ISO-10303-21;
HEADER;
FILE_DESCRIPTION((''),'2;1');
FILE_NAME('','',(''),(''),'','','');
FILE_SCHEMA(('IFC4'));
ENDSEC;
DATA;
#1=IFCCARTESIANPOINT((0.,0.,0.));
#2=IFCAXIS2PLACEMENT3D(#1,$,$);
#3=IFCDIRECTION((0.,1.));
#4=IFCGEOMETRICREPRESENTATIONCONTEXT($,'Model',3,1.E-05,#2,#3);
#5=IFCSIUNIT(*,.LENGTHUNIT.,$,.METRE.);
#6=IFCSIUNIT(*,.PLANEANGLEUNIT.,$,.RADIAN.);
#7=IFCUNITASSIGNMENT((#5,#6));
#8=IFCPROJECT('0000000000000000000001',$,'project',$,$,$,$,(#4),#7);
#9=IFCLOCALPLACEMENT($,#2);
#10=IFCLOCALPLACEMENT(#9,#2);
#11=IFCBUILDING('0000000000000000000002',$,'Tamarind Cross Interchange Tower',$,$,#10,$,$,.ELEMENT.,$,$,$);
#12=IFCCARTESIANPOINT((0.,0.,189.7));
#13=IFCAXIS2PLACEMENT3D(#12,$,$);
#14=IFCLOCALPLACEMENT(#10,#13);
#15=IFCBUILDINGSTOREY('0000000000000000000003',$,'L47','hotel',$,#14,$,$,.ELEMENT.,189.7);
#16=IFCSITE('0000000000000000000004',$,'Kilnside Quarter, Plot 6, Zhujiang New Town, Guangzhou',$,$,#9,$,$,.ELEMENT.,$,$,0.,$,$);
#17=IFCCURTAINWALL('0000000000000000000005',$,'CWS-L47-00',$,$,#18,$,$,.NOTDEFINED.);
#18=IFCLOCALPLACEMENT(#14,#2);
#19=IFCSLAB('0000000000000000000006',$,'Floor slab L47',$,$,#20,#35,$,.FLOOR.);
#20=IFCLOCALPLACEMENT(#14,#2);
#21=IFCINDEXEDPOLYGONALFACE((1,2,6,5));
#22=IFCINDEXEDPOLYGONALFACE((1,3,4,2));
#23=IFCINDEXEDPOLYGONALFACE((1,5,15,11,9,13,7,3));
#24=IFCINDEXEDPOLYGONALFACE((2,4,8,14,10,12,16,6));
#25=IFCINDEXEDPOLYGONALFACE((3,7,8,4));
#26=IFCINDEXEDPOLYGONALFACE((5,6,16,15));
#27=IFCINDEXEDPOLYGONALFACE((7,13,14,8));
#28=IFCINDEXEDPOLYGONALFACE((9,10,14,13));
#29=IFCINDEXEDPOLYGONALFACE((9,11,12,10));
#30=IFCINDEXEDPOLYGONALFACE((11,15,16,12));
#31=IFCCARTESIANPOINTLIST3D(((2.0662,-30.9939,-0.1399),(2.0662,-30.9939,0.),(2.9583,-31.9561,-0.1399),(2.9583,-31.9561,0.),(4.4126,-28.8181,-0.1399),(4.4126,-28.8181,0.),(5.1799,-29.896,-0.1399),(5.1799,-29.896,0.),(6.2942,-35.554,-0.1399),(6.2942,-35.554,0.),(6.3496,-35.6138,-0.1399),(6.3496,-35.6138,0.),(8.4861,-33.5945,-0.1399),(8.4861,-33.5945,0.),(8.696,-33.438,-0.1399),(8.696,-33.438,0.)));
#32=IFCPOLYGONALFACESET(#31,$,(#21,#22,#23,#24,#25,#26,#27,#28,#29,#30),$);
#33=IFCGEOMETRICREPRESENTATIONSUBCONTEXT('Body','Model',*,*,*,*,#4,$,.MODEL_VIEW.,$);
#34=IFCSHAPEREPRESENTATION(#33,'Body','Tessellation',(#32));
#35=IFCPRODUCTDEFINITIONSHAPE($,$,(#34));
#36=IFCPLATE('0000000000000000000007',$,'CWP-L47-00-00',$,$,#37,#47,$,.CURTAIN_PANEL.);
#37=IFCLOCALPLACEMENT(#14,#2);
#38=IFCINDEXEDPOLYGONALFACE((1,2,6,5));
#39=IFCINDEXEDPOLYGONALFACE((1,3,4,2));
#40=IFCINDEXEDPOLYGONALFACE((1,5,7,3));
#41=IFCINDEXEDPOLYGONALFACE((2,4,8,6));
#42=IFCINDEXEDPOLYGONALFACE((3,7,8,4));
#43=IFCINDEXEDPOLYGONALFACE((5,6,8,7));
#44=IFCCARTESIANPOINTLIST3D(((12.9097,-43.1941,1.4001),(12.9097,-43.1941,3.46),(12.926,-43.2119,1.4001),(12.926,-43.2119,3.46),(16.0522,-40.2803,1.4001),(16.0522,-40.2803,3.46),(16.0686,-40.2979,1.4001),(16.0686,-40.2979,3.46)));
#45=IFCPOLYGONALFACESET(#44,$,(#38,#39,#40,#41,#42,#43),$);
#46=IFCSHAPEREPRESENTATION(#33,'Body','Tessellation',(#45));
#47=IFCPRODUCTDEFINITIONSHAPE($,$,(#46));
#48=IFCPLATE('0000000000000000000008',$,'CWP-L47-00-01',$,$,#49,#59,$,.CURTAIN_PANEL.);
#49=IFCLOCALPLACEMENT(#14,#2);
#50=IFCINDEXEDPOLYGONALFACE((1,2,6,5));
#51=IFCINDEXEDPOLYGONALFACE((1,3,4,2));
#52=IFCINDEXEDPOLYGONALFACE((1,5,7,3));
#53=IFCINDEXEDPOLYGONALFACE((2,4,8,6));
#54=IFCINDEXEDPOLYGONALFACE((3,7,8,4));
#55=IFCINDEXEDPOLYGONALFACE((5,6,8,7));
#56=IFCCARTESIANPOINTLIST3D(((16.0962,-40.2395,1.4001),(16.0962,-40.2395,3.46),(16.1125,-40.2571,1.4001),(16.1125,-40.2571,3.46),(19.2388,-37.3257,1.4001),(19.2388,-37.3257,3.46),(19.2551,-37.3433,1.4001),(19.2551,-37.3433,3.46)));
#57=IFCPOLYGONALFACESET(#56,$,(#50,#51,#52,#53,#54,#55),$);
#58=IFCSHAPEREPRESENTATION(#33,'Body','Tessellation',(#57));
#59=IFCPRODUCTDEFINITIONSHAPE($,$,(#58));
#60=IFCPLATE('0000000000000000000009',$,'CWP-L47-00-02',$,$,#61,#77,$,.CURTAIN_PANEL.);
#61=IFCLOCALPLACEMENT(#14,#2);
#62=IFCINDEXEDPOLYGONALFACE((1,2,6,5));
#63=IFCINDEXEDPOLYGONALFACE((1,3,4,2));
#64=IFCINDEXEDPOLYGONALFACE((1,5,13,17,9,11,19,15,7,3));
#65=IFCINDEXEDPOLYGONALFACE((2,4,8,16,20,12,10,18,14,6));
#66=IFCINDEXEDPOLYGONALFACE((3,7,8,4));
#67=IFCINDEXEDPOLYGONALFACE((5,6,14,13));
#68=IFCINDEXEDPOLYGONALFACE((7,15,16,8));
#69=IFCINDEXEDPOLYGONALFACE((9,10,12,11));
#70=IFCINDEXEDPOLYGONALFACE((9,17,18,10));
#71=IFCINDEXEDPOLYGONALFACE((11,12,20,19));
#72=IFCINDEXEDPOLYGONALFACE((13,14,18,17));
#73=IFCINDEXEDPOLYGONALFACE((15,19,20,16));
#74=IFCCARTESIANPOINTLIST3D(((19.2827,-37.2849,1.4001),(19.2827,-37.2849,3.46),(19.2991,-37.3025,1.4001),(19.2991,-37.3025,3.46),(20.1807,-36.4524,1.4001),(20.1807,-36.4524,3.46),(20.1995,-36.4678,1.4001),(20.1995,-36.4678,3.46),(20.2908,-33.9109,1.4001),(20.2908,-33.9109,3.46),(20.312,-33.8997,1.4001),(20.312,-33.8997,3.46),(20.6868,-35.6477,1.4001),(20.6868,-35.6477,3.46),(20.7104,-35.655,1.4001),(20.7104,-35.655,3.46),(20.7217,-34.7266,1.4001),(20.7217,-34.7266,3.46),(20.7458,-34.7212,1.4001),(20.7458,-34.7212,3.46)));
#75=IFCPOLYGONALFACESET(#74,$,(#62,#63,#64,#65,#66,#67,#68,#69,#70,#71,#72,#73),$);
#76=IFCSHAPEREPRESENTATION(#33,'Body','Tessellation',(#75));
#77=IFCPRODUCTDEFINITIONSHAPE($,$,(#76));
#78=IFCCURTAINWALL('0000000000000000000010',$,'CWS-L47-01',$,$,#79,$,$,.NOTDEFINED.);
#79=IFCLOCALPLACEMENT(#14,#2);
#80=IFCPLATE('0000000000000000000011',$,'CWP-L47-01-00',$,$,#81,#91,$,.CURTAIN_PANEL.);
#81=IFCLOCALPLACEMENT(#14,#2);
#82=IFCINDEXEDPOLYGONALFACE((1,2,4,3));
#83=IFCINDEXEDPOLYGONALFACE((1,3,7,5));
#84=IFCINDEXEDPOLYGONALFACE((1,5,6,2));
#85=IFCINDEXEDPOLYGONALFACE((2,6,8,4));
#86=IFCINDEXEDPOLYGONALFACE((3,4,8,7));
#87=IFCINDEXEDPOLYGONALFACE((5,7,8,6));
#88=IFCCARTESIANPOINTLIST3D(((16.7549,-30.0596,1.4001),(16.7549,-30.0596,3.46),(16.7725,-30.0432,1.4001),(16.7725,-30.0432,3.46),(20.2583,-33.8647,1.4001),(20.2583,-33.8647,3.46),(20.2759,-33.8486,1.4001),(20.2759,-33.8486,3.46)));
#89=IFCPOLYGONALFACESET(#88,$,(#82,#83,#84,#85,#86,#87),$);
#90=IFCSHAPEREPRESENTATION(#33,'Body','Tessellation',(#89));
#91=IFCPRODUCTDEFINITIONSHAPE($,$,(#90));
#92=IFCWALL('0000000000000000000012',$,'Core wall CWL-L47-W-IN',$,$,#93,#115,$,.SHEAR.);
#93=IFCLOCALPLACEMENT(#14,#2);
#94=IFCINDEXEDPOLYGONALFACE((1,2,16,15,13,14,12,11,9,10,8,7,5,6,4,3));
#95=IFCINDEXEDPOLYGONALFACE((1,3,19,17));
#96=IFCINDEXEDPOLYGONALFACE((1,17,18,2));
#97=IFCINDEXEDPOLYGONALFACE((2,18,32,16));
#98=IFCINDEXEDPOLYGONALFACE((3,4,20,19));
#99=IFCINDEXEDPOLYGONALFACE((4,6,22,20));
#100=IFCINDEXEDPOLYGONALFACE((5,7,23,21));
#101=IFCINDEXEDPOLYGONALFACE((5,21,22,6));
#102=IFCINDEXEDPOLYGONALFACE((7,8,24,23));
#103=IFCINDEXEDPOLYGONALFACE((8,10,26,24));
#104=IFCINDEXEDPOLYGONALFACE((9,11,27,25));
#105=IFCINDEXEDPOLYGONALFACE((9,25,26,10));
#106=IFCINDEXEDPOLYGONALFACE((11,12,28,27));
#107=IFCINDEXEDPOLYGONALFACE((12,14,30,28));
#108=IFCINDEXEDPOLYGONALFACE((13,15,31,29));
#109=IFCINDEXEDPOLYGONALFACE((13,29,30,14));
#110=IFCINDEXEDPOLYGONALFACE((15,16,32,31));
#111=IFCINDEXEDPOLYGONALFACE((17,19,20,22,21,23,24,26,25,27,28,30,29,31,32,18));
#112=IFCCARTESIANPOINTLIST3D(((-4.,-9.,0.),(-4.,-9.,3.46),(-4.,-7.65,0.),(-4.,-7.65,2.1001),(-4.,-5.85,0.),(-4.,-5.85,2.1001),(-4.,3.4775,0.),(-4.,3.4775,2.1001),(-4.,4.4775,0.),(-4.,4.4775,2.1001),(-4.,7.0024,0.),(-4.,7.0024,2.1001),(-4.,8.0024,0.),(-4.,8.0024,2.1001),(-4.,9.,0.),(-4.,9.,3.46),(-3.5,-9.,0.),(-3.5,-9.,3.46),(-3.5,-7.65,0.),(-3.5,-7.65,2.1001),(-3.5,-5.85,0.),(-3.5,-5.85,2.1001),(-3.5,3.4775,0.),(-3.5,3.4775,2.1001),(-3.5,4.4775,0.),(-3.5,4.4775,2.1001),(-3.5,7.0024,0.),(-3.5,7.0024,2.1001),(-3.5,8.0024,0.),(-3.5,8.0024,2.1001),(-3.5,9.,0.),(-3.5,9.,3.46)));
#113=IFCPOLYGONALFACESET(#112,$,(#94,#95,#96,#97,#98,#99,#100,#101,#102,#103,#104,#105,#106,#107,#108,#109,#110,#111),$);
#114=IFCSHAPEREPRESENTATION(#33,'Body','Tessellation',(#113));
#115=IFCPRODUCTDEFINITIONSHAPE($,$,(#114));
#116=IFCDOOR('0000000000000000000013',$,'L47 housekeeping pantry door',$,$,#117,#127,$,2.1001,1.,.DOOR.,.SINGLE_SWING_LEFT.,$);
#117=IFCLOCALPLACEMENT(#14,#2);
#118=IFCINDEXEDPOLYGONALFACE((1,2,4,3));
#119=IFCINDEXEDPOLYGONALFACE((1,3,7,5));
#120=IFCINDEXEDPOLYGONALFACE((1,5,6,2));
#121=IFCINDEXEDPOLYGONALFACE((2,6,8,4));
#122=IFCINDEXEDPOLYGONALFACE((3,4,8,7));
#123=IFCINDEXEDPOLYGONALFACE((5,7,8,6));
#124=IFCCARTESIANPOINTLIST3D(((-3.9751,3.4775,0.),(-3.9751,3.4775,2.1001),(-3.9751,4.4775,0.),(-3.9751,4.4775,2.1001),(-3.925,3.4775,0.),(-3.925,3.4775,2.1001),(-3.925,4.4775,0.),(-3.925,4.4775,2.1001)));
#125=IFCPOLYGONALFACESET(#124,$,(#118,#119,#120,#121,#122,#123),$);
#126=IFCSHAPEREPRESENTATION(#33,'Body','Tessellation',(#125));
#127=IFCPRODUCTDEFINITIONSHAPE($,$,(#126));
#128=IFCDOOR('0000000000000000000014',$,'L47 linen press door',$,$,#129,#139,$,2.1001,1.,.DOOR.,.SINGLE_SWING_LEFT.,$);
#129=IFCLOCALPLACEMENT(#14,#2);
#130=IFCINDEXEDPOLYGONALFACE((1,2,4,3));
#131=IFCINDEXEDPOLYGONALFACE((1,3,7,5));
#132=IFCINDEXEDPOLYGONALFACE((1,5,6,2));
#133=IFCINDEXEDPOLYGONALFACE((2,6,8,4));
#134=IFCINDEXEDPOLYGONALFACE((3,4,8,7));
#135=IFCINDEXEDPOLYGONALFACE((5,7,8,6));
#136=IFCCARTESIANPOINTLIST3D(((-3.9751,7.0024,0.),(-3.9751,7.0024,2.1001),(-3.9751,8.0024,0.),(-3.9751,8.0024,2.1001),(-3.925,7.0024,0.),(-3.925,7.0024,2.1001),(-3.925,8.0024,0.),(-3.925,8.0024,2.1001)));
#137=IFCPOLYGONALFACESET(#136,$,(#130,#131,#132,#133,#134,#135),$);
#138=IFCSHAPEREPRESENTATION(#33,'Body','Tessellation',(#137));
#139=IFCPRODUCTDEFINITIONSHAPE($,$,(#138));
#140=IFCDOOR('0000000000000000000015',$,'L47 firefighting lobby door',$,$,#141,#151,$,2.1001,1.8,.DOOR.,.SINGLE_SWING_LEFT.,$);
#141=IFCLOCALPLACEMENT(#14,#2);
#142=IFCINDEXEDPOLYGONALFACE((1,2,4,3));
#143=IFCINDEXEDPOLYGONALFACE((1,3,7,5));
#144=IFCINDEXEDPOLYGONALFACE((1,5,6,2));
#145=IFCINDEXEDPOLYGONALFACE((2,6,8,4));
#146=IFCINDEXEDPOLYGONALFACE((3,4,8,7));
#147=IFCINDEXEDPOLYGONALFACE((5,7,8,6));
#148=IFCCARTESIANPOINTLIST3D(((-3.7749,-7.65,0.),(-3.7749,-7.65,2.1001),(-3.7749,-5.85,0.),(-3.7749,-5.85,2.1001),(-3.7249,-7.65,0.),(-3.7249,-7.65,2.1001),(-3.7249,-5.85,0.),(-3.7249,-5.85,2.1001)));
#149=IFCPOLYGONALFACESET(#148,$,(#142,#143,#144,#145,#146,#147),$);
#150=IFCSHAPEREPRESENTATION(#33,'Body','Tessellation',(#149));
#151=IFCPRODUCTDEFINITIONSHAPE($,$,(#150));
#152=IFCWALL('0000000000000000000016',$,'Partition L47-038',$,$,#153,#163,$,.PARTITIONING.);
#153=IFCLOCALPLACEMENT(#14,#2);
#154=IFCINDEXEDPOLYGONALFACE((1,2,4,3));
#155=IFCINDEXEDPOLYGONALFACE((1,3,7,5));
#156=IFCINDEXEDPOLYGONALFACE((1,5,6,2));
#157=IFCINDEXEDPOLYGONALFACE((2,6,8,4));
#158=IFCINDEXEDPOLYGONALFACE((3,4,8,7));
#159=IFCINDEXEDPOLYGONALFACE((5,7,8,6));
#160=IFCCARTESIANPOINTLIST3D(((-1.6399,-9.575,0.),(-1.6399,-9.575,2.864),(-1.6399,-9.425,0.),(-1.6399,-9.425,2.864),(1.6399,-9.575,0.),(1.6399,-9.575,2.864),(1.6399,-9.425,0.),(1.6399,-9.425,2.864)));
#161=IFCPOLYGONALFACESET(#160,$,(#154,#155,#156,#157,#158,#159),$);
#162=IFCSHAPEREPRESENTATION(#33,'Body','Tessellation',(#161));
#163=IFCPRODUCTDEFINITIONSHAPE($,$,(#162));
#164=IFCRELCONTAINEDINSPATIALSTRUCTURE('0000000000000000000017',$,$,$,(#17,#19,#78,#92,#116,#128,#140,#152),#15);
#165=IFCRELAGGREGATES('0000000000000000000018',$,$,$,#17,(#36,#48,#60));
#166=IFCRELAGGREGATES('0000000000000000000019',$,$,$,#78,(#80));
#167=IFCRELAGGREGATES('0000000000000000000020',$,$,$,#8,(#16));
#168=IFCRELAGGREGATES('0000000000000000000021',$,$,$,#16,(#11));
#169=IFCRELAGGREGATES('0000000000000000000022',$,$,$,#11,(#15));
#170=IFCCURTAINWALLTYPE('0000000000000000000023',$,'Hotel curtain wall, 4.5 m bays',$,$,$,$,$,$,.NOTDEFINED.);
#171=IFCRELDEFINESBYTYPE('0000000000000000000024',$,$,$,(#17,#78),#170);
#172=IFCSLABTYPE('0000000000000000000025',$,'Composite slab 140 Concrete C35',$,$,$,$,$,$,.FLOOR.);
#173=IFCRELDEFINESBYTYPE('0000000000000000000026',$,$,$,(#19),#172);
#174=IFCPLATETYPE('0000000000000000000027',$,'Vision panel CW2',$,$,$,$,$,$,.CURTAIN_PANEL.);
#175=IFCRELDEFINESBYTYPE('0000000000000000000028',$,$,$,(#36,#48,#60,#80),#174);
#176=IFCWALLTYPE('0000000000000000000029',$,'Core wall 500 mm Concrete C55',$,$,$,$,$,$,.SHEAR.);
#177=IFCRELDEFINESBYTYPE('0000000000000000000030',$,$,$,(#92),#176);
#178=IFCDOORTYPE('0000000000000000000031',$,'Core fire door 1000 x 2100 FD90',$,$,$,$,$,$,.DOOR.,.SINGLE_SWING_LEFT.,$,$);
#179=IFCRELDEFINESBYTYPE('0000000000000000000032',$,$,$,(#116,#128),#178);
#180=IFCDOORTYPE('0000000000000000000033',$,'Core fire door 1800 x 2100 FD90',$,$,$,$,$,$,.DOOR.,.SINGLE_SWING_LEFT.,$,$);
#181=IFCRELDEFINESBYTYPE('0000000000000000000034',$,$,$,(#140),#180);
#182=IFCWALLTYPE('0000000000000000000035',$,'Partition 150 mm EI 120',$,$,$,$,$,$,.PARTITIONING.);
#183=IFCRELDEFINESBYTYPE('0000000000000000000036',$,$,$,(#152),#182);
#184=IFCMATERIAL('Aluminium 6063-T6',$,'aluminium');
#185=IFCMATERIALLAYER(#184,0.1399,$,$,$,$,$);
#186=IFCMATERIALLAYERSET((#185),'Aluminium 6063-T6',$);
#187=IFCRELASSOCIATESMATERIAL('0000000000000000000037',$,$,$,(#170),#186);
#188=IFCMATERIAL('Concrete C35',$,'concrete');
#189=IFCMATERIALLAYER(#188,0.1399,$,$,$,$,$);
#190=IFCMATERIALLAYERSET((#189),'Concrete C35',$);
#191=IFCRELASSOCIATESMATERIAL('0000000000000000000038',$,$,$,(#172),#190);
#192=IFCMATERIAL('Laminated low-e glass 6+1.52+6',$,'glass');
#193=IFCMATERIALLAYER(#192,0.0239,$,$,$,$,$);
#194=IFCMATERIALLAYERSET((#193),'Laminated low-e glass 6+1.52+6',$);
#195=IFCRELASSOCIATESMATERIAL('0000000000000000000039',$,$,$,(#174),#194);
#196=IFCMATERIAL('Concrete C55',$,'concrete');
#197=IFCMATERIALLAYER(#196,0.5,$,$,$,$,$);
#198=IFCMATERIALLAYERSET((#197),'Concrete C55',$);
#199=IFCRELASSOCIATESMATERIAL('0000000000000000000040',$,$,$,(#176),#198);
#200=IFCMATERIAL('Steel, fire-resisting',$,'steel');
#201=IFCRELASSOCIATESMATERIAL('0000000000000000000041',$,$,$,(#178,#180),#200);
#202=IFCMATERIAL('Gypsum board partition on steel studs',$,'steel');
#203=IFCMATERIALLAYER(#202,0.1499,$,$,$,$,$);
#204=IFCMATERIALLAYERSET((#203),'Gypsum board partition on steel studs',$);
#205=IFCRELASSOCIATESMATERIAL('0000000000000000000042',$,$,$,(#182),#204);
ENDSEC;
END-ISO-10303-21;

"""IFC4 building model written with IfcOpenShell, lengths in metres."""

from ifc_helpers import new_model, si_unit, direction, frame, frame_2d, origin, place, context, subcontext, project, spatial, polyline, rectangle, outline, extrude, material, layer, layer_set, type_object, element, fill, aggregate, save


model = new_model("IFC4")

# Units and contexts
model_context = context("Model", 3, precision=1e-05, world=origin(), true_north=direction((0.0, 1.0)))
body_context = subcontext(model_context, "Body", "Model", "MODEL_VIEW")
ifc_project = project(units=[si_unit("LENGTHUNIT", "METRE"), si_unit("PLANEANGLEUNIT", "RADIAN")], contexts=[model_context])

# Site, building, storey
site_placement = place(None, origin())
site = spatial("IfcSite", under=ifc_project, at=site_placement, Name="Kilnside Quarter, Plot 6, Zhujiang New Town, Guangzhou", CompositionType="ELEMENT", RefElevation=0.0)
building_placement = place(site_placement, origin())
building = spatial("IfcBuilding", under=site, at=building_placement, Name="Tamarind Cross Interchange Tower", CompositionType="ELEMENT")
storey_placement = place(building_placement, frame((0.0, 0.0, 189.7)))
storey = spatial("IfcBuildingStorey", under=building, at=storey_placement, Name="L47", Description="hotel", CompositionType="ELEMENT", Elevation=189.7)

# Curtain wall
ifc_material_1 = material(Name="Aluminium 6063-T6", Category="aluminium")
ifc_layer_1 = layer(ifc_material_1, 0.1399)
ifc_layer_set_1 = layer_set([ifc_layer_1], Name="Aluminium 6063-T6")
curtain_wall_type = type_object("IfcCurtainWallType", Name="Hotel curtain wall, 4.5 m bays", PredefinedType="NOTDEFINED", material=ifc_layer_set_1)
curtain_wall_1_placement = place(storey_placement, origin())
curtain_wall_1 = element("IfcCurtainWall", 1, at=curtain_wall_1_placement, inside=storey, type_object=curtain_wall_type, Name="CWS-L47-00", PredefinedType="NOTDEFINED")

# Slab
ifc_material_2 = material(Name="Concrete C35", Category="concrete")
ifc_layer_2 = layer(ifc_material_2, 0.1399)
ifc_layer_set_2 = layer_set([ifc_layer_2], Name="Concrete C35")
slab_type = type_object("IfcSlabType", Name="Composite slab 140 Concrete C35", PredefinedType="FLOOR", material=ifc_layer_set_2)
slab_1_placement = place(storey_placement, frame((0.0, 0.0, -0.1399)))
element("IfcSlab", 2, at=slab_1_placement, inside=storey, type_object=slab_type, Name="Floor slab L47", PredefinedType="FLOOR", context=body_context, shape_type="SweptSolid", body=[
    extrude(outline(polyline([(6.3496, -35.6138), (8.696, -33.438), (4.4126, -28.8181), (2.0662, -30.9939), (2.9583, -31.9561), (5.1799, -29.896), (8.4861, -33.5945), (6.2942, -35.554), (6.3496, -35.6138)])), origin(), (0.0, 0.0, 1.0), 0.1399),
])

# Plates
ifc_material_3 = material(Name="Laminated low-e glass 6+1.52+6", Category="glass")
ifc_layer_3 = layer(ifc_material_3, 0.0239)
ifc_layer_set_3 = layer_set([ifc_layer_3], Name="Laminated low-e glass 6+1.52+6")
plate_type = type_object("IfcPlateType", Name="Vision panel CW2", PredefinedType="CURTAIN_PANEL", material=ifc_layer_set_3)
plate_1_placement = place(storey_placement, frame((0.0, 0.0, 1.4001)))
plate_1 = element("IfcPlate", 3, at=plate_1_placement, type_object=plate_type, Name="CWP-L47-00-00", PredefinedType="CURTAIN_PANEL", context=body_context, shape_type="SweptSolid", body=[
    extrude(outline(polyline([(12.9097, -43.1941), (16.0522, -40.2803), (16.0686, -40.2979), (12.926, -43.2119), (12.9097, -43.1941)])), origin(), (0.0, 0.0, 1.0), 2.0598),
])
plate_2_placement = place(storey_placement, frame((0.0, 0.0, 1.4001)))
plate_2 = element("IfcPlate", 4, at=plate_2_placement, type_object=plate_type, Name="CWP-L47-00-01", PredefinedType="CURTAIN_PANEL", context=body_context, shape_type="SweptSolid", body=[
    extrude(outline(polyline([(16.0962, -40.2395), (19.2388, -37.3257), (19.2551, -37.3433), (16.1125, -40.2571), (16.0962, -40.2395)])), origin(), (0.0, 0.0, 1.0), 2.0598),
])
plate_3_placement = place(storey_placement, frame((0.0, 0.0, 1.4001)))
plate_3 = element("IfcPlate", 5, at=plate_3_placement, type_object=plate_type, Name="CWP-L47-00-02", PredefinedType="CURTAIN_PANEL", context=body_context, shape_type="SweptSolid", body=[
    extrude(outline(polyline([(19.2827, -37.2849), (20.1807, -36.4524), (20.6868, -35.6477), (20.7217, -34.7266), (20.2908, -33.9109), (20.312, -33.8997), (20.7458, -34.7212), (20.7104, -35.655), (20.1995, -36.4678), (19.2991, -37.3025), (19.2827, -37.2849)])), origin(), (0.0, 0.0, 1.0), 2.0598),
])
aggregate(curtain_wall_1, [plate_1, plate_2, plate_3])

# Curtain wall, plate
curtain_wall_2_placement = place(storey_placement, origin())
curtain_wall_2 = element("IfcCurtainWall", 6, at=curtain_wall_2_placement, inside=storey, type_object=curtain_wall_type, Name="CWS-L47-01", PredefinedType="NOTDEFINED")
plate_4_placement = place(storey_placement, frame((0.0, 0.0, 1.4001)))
plate_4 = element("IfcPlate", 7, at=plate_4_placement, type_object=plate_type, Name="CWP-L47-01-00", PredefinedType="CURTAIN_PANEL", context=body_context, shape_type="SweptSolid", body=[
    extrude(outline(polyline([(20.2583, -33.8647), (16.7549, -30.0596), (16.7725, -30.0432), (20.2759, -33.8486), (20.2583, -33.8647)])), origin(), (0.0, 0.0, 1.0), 2.0598),
])
aggregate(curtain_wall_2, [plate_4])

# Wall, openings, doors
ifc_material_4 = material(Name="Concrete C55", Category="concrete")
ifc_layer_4 = layer(ifc_material_4, 0.5)
ifc_layer_set_4 = layer_set([ifc_layer_4], Name="Concrete C55")
wall_type_1 = type_object("IfcWallType", Name="Core wall 500 mm Concrete C55", PredefinedType="SHEAR", material=ifc_layer_set_4)
wall_1_placement = place(storey_placement, frame((-3.75, -9.0, 0.0), z_axis=(0.0, 0.0, 1.0), x_axis=(0.0, 1.0, 0.0)))
wall_1 = element("IfcWall", 8, at=wall_1_placement, inside=storey, type_object=wall_type_1, Name="Core wall CWL-L47-W-IN", PredefinedType="SHEAR", context=body_context, shape_type="SweptSolid", body=[
    extrude(rectangle(XDim=18.0, YDim=0.5, at=frame_2d((9.0, 0.0))), origin(), (0.0, 0.0, 1.0), 3.46),
])
opening_1_placement = place(wall_1_placement, frame((1.3501, 0.0, 0.0)))
opening_1 = element("IfcOpeningElement", 9, at=opening_1_placement, cuts=wall_1, PredefinedType="OPENING", context=body_context, shape_type="SweptSolid", body=[
    extrude(rectangle(XDim=1.8, YDim=2.1001, at=frame_2d((0.8999, 1.05))), frame((0.0, 0.26, 0.0), z_axis=(0.0, -1.0, 0.0), x_axis=(1.0, 0.0, 0.0)), (0.0, 0.0, 1.0), 0.52),
])
opening_2_placement = place(wall_1_placement, frame((12.4775, 0.0, 0.0)))
opening_2 = element("IfcOpeningElement", 10, at=opening_2_placement, cuts=wall_1, PredefinedType="OPENING", context=body_context, shape_type="SweptSolid", body=[
    extrude(rectangle(XDim=1.0, YDim=2.1001, at=frame_2d((0.5, 1.05))), frame((0.0, 0.26, 0.0), z_axis=(0.0, -1.0, 0.0), x_axis=(1.0, 0.0, 0.0)), (0.0, 0.0, 1.0), 0.52),
])
opening_3_placement = place(wall_1_placement, frame((16.0024, 0.0, 0.0)))
opening_3 = element("IfcOpeningElement", 11, at=opening_3_placement, cuts=wall_1, PredefinedType="OPENING", context=body_context, shape_type="SweptSolid", body=[
    extrude(rectangle(XDim=1.0, YDim=2.1001, at=frame_2d((0.5, 1.05))), frame((0.0, 0.26, 0.0), z_axis=(0.0, -1.0, 0.0), x_axis=(1.0, 0.0, 0.0)), (0.0, 0.0, 1.0), 0.52),
])
ifc_material_5 = material(Name="Steel, fire-resisting", Category="steel")
door_type_1 = type_object("IfcDoorType", Name="Core fire door 1000 x 2100 FD90", OperationType="SINGLE_SWING_LEFT", PredefinedType="DOOR", material=ifc_material_5)
door_1_placement = place(opening_2_placement, origin())
door_1 = element("IfcDoor", 12, at=door_1_placement, inside=storey, type_object=door_type_1, Name="L47 housekeeping pantry door", OperationType="SINGLE_SWING_LEFT", OverallHeight=2.1001, OverallWidth=1.0, PredefinedType="DOOR", context=body_context, shape_type="SweptSolid", body=[
    extrude(rectangle(XDim=1.0, YDim=2.1001, at=frame_2d((0.5, 1.05))), frame((0.0, 0.2251, 0.0), z_axis=(0.0, -1.0, 0.0), x_axis=(1.0, 0.0, 0.0)), (0.0, 0.0, 1.0), 0.05),
])
fill(opening_2, door_1)
door_2_placement = place(opening_3_placement, origin())
door_2 = element("IfcDoor", 13, at=door_2_placement, inside=storey, type_object=door_type_1, Name="L47 linen press door", OperationType="SINGLE_SWING_LEFT", OverallHeight=2.1001, OverallWidth=1.0, PredefinedType="DOOR", context=body_context, shape_type="SweptSolid", body=[
    extrude(rectangle(XDim=1.0, YDim=2.1001, at=frame_2d((0.5, 1.05))), frame((0.0, 0.2251, 0.0), z_axis=(0.0, -1.0, 0.0), x_axis=(1.0, 0.0, 0.0)), (0.0, 0.0, 1.0), 0.05),
])
fill(opening_3, door_2)
door_type_2 = type_object("IfcDoorType", Name="Core fire door 1800 x 2100 FD90", OperationType="SINGLE_SWING_LEFT", PredefinedType="DOOR", material=ifc_material_5)
door_3_placement = place(opening_1_placement, origin())
door_3 = element("IfcDoor", 14, at=door_3_placement, inside=storey, type_object=door_type_2, Name="L47 firefighting lobby door", OperationType="SINGLE_SWING_LEFT", OverallHeight=2.1001, OverallWidth=1.8, PredefinedType="DOOR", context=body_context, shape_type="SweptSolid", body=[
    extrude(rectangle(XDim=1.8, YDim=2.1001, at=frame_2d((0.8999, 1.05))), frame((0.0, 0.0249, 0.0), z_axis=(0.0, -1.0, 0.0), x_axis=(1.0, 0.0, 0.0)), (0.0, 0.0, 1.0), 0.05),
])
fill(opening_1, door_3)

# Wall
ifc_material_6 = material(Name="Gypsum board partition on steel studs", Category="steel")
ifc_layer_5 = layer(ifc_material_6, 0.1499)
ifc_layer_set_5 = layer_set([ifc_layer_5], Name="Gypsum board partition on steel studs")
wall_type_2 = type_object("IfcWallType", Name="Partition 150 mm EI 120", PredefinedType="PARTITIONING", material=ifc_layer_set_5)
wall_2_placement = place(storey_placement, frame((-1.6399, -9.5, 0.0), z_axis=(0.0, 0.0, 1.0), x_axis=(1.0, 0.0, 0.0)))
element("IfcWall", 15, at=wall_2_placement, inside=storey, type_object=wall_type_2, Name="Partition L47-038", PredefinedType="PARTITIONING", context=body_context, shape_type="SweptSolid", body=[
    extrude(rectangle(XDim=3.2798, YDim=0.1499, at=frame_2d((1.6399, 0.0))), origin(), (0.0, 0.0, 1.0), 2.864),
])

save(model, "model.ifc")
